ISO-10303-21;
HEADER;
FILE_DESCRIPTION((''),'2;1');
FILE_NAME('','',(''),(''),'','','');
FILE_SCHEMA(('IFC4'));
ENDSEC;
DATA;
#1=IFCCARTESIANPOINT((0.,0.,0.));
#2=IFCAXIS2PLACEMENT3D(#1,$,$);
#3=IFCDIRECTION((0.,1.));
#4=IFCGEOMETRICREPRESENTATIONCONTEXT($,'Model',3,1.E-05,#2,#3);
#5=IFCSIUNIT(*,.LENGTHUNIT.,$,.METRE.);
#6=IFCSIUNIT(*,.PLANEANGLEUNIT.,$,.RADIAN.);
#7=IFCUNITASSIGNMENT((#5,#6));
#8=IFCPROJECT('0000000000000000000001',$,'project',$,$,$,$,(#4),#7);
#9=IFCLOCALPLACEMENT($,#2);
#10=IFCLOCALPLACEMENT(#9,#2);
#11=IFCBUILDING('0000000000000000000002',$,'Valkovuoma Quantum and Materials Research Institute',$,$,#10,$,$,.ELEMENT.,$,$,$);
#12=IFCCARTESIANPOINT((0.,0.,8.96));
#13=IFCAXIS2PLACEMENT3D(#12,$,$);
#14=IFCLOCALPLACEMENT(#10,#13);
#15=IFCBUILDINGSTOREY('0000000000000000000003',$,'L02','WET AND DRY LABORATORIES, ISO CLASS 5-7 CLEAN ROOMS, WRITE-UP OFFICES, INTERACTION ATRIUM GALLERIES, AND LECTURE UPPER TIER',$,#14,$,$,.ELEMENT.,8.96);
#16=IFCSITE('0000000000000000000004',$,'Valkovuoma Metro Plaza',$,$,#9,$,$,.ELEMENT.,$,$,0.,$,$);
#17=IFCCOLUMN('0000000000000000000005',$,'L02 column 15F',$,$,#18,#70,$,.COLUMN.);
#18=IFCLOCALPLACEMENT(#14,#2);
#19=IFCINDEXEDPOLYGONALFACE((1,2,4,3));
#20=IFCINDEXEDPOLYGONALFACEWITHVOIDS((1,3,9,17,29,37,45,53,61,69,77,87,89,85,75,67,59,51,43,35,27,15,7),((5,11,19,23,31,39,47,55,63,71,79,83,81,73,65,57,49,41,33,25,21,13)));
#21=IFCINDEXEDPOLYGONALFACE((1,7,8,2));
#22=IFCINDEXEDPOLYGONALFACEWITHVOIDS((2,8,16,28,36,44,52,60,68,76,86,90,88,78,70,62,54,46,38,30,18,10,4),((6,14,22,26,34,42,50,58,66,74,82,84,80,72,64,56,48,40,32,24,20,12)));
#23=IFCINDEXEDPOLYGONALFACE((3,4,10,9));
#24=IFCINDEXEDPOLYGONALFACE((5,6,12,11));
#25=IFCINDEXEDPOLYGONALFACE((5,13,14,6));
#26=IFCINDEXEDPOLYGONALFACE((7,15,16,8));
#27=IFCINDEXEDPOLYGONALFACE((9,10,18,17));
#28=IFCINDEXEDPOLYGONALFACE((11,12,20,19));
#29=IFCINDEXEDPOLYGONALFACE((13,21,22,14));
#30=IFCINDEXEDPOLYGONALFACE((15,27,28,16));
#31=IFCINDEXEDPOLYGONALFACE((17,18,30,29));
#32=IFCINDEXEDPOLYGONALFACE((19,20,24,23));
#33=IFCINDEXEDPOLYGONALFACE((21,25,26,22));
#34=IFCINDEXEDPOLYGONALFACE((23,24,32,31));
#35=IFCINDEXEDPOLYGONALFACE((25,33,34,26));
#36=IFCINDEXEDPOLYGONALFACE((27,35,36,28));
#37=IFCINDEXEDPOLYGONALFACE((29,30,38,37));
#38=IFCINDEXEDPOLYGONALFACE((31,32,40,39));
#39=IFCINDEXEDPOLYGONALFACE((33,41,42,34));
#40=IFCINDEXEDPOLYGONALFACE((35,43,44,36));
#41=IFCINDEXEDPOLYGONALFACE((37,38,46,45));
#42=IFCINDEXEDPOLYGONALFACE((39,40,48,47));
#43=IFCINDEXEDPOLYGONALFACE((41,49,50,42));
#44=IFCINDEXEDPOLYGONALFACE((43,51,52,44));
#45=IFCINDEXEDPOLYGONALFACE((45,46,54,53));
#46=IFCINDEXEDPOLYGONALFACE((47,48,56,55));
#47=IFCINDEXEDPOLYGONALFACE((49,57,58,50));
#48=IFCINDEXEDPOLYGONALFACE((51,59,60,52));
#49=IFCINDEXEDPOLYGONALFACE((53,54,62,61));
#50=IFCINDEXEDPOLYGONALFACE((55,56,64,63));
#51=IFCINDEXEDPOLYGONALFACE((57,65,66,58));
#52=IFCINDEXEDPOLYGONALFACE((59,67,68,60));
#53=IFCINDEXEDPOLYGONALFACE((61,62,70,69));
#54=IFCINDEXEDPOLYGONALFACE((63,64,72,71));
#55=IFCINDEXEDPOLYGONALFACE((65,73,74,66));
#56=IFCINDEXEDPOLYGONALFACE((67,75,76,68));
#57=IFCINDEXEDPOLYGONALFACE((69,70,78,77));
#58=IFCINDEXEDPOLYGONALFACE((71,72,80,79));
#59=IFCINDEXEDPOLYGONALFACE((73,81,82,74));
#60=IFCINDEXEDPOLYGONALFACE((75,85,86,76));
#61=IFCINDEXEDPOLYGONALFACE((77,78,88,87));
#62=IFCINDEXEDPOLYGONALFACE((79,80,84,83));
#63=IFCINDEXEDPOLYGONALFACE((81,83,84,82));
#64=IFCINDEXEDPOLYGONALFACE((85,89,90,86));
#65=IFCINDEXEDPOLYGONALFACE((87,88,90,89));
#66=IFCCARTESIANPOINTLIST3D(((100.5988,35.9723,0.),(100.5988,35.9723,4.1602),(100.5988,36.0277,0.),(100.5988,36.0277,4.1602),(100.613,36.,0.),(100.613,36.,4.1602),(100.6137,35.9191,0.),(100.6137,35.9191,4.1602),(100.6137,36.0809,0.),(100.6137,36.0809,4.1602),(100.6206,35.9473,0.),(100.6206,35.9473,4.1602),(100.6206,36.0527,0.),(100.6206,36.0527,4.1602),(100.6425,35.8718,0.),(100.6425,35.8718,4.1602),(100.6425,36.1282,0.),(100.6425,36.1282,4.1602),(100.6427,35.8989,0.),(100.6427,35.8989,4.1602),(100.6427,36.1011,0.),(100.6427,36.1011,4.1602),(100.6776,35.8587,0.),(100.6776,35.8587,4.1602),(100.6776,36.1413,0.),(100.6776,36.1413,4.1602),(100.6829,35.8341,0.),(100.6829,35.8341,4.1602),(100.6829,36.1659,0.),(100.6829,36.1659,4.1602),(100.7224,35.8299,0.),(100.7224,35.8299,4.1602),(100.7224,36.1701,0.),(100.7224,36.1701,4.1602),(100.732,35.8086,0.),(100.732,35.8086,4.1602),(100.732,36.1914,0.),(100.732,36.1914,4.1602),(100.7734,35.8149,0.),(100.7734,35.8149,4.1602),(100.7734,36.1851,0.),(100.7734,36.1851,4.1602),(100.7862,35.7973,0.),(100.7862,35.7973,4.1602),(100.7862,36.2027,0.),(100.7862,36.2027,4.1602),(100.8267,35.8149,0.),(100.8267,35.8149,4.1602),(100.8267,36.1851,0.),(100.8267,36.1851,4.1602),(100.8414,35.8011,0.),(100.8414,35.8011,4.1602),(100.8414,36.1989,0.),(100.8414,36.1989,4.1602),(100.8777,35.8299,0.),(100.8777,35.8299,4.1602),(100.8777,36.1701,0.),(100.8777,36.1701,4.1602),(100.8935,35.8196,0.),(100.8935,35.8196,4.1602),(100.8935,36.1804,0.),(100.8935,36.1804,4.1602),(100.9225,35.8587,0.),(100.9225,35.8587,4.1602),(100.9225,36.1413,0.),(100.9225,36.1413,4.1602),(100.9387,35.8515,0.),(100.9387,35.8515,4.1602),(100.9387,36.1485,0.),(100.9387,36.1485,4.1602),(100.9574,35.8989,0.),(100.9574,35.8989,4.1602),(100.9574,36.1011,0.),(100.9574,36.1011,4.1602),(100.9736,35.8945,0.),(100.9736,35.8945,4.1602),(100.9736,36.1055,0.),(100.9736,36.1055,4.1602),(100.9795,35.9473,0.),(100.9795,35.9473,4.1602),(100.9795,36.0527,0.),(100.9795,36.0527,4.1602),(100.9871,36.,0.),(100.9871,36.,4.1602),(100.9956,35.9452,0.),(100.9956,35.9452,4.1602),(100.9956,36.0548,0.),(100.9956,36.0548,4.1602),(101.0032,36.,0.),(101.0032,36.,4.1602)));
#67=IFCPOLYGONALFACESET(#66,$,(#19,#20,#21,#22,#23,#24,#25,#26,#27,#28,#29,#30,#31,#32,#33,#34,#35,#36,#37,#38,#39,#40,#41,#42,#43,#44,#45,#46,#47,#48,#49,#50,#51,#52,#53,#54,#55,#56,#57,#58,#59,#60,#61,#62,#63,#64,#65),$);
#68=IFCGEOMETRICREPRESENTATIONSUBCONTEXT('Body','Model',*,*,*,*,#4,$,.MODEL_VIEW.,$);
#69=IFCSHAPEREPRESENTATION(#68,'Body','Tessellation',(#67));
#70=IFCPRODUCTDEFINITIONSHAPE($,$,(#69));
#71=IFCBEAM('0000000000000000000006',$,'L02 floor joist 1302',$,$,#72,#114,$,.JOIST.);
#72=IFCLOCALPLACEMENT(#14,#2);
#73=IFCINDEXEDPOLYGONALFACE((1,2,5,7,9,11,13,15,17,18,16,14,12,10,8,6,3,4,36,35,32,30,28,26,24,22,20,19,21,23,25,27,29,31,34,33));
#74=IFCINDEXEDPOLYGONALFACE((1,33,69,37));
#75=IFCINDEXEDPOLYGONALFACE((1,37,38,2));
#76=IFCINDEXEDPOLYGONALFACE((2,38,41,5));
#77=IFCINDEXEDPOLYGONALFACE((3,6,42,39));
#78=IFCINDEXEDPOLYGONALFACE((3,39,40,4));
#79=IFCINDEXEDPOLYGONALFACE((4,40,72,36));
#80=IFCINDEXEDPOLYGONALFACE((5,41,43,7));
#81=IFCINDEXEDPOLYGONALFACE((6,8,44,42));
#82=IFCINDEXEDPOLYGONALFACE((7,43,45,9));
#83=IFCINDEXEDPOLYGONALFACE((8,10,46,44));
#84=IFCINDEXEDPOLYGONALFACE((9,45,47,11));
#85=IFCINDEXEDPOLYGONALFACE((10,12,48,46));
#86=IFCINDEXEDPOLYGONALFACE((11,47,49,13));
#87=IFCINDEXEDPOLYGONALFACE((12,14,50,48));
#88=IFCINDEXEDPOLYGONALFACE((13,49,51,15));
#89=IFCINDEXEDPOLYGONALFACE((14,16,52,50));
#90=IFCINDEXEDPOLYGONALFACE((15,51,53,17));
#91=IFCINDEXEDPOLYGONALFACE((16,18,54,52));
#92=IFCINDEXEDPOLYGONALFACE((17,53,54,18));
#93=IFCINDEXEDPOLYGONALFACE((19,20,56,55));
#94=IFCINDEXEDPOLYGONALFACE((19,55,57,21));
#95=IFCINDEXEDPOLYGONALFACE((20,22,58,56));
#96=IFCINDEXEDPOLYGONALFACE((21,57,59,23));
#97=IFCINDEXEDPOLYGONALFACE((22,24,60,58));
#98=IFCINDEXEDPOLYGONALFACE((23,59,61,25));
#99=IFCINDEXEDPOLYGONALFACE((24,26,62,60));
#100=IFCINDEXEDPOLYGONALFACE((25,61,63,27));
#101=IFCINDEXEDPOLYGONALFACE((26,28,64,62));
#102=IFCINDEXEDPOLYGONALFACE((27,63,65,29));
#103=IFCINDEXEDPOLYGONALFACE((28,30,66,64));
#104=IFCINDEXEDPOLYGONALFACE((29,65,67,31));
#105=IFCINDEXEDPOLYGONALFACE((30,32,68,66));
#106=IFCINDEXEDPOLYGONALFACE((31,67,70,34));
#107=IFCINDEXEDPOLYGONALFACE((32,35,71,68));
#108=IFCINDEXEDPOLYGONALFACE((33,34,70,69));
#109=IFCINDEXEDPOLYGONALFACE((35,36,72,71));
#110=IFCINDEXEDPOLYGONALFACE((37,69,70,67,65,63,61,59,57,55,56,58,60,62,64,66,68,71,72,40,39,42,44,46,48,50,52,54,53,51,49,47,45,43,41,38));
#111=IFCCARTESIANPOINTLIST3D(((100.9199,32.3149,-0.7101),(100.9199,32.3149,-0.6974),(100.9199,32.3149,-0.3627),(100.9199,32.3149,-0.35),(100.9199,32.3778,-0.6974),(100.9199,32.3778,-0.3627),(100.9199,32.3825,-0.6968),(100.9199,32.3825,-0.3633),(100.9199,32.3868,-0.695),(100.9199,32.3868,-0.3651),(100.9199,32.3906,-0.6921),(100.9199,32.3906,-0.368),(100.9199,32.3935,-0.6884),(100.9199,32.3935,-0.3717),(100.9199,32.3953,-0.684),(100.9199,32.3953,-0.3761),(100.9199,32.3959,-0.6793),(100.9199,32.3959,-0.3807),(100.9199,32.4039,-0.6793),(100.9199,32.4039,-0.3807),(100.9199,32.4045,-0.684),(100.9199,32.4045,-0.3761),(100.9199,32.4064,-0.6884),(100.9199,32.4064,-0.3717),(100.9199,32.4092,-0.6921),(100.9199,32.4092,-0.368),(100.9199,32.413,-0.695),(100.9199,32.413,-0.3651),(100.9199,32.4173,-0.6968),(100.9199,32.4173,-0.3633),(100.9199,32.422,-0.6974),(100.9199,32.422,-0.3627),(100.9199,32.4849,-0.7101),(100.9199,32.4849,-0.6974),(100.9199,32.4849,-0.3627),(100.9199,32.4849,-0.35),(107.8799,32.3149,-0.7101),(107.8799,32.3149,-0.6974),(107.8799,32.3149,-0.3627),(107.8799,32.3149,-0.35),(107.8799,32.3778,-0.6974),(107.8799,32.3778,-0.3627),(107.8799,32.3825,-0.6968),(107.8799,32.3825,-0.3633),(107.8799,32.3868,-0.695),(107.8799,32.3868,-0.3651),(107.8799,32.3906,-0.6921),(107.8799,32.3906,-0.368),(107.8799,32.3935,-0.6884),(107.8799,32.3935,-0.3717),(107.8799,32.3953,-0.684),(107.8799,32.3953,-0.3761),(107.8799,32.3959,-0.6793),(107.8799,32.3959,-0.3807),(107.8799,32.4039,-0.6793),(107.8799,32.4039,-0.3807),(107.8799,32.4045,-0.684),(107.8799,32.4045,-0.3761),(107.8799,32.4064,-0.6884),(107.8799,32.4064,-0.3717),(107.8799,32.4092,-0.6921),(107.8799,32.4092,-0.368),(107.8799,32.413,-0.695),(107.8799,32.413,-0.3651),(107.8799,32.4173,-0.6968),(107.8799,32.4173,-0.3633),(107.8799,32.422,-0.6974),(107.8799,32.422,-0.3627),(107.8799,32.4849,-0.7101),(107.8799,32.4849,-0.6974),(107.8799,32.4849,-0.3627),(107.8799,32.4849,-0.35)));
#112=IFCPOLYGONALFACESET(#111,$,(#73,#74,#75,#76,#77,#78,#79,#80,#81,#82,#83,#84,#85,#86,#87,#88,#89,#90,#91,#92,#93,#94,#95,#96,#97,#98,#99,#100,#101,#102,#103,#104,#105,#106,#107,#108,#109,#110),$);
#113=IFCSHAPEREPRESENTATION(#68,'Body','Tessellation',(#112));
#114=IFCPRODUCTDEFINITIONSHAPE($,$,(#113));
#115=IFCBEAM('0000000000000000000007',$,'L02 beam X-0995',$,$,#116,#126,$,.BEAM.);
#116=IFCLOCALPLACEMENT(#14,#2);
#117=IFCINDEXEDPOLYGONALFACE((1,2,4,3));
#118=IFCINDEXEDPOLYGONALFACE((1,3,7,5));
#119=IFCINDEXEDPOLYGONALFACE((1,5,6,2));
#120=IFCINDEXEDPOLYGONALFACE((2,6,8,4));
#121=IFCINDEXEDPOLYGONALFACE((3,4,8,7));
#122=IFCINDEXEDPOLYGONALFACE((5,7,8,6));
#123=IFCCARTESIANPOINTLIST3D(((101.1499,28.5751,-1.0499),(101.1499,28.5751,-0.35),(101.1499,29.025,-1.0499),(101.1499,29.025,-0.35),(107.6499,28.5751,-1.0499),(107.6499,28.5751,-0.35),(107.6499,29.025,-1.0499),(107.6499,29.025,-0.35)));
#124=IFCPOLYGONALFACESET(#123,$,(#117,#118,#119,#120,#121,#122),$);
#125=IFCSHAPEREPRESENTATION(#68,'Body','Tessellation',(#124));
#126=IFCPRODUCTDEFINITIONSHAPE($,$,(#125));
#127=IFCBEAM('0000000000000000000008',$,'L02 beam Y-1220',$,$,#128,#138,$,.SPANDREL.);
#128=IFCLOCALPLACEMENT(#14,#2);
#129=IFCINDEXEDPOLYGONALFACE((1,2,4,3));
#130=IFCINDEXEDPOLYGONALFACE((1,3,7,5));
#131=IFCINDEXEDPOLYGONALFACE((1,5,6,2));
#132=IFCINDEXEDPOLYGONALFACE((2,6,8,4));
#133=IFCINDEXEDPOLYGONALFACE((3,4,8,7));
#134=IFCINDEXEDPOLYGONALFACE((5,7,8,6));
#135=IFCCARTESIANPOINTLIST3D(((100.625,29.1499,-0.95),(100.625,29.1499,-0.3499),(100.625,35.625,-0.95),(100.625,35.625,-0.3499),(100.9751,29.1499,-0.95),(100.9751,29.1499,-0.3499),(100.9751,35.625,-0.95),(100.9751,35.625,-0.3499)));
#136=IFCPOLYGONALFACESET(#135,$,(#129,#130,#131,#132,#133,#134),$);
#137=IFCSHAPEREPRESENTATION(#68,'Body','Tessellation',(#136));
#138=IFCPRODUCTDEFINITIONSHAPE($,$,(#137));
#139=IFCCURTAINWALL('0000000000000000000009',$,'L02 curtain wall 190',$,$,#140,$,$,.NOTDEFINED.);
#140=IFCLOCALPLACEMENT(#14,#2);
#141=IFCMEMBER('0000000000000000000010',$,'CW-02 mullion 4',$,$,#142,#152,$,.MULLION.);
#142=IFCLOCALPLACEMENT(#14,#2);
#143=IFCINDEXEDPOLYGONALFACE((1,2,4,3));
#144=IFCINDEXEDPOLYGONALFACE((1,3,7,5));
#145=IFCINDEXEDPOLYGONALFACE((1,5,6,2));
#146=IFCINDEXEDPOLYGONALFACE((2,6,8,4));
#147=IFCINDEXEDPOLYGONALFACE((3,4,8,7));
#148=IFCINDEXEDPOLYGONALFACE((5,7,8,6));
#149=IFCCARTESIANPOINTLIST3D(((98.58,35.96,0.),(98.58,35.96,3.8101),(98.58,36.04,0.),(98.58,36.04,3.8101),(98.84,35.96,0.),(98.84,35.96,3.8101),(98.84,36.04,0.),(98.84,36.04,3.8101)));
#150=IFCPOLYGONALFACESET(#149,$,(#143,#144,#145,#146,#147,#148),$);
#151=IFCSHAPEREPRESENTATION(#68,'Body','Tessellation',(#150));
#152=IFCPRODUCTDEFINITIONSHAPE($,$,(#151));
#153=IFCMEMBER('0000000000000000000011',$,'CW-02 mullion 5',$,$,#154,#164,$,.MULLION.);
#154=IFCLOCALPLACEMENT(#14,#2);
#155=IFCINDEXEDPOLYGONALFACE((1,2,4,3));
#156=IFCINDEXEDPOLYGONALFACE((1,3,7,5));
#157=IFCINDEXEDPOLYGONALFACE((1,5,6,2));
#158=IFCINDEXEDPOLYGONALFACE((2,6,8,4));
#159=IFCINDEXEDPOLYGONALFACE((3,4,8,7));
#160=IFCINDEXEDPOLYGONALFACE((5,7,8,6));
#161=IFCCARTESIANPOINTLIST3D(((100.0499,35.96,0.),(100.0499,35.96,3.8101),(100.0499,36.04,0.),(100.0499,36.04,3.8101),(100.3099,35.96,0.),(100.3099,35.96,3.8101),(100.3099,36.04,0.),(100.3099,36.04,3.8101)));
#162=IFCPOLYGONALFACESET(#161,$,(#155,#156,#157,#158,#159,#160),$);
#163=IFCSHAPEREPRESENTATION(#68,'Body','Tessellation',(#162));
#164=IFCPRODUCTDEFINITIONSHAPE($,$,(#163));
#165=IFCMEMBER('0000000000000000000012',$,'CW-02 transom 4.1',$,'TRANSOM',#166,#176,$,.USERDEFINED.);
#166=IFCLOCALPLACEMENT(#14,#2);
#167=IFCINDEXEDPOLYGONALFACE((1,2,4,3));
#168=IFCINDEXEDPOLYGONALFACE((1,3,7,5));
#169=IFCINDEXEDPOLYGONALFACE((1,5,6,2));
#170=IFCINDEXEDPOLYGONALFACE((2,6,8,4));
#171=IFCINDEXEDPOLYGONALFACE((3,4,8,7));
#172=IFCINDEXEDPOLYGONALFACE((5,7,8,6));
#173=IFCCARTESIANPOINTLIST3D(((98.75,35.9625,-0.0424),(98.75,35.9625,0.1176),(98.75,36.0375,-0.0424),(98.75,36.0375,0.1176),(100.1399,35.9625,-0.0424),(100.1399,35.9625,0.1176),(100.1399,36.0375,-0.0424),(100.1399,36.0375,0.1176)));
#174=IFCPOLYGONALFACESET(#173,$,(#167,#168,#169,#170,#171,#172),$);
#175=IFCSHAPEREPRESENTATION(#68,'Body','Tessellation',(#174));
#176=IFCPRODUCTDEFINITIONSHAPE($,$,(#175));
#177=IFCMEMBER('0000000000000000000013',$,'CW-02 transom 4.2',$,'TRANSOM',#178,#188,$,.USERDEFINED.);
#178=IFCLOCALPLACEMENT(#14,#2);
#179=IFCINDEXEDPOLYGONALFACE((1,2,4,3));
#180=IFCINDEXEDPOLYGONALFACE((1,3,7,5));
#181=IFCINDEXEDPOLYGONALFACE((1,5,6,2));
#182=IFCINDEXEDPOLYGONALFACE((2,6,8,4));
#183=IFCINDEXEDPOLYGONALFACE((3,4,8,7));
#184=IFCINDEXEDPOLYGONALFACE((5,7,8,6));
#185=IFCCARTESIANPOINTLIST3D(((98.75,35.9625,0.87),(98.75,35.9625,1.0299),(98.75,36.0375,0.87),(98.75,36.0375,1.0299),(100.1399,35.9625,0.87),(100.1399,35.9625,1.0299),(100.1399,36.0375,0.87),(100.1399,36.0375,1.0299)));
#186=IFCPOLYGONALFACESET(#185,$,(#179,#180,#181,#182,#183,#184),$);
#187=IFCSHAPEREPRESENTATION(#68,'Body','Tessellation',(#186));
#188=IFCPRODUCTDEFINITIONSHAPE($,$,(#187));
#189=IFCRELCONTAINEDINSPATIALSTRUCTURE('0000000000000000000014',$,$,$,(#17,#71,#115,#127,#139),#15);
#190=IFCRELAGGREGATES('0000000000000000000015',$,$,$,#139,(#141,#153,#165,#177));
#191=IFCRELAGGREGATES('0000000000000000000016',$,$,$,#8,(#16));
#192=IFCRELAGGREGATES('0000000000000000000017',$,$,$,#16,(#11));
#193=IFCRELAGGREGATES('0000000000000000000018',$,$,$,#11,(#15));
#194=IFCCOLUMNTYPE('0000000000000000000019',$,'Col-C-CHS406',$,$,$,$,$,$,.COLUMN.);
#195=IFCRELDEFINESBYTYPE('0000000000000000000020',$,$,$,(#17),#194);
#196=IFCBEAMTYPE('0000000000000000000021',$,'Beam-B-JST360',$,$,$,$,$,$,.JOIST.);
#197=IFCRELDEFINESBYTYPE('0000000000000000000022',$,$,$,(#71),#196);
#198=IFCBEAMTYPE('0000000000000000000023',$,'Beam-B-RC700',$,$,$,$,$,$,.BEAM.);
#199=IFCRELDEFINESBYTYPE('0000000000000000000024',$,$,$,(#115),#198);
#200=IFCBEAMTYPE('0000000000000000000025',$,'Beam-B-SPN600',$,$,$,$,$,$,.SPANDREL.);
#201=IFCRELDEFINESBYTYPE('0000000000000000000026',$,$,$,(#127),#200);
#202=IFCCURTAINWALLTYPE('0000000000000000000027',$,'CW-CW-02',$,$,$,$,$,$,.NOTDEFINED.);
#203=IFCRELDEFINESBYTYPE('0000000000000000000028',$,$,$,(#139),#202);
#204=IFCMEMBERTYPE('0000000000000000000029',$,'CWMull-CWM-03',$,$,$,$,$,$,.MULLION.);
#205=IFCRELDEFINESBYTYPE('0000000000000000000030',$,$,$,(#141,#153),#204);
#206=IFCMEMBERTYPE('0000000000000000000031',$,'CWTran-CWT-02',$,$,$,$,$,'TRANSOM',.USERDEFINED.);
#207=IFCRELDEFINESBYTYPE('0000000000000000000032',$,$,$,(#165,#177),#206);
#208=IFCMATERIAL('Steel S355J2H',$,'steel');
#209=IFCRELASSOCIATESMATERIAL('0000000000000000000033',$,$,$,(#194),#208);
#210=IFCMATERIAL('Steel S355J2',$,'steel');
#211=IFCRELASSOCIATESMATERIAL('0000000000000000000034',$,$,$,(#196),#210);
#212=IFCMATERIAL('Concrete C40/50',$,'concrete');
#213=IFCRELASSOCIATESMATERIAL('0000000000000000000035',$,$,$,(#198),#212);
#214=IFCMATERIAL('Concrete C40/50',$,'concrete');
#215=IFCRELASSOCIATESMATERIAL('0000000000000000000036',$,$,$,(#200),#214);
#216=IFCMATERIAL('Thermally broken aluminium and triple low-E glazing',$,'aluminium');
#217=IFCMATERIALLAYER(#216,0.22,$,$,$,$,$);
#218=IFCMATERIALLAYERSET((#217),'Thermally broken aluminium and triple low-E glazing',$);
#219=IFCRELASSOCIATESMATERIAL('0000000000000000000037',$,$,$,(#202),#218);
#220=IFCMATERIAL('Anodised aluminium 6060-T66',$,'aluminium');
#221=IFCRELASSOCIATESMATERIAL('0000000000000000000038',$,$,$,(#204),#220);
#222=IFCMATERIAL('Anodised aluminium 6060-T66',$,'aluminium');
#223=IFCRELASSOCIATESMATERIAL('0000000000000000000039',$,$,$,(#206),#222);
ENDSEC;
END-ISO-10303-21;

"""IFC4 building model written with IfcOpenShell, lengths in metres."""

from ifc_helpers import new_model, si_unit, direction, frame, origin, origin_2d, place, context, subcontext, project, spatial, rectangle, hollow_circle, i_section, extrude, material, layer, layer_set, material_profile, profile_set, type_object, element, aggregate, save


model = new_model("IFC4")

# Units and contexts
model_context = context("Model", 3, precision=1e-05, world=origin(), true_north=direction((0.0, 1.0)))
body_context = subcontext(model_context, "Body", "Model", "MODEL_VIEW")
ifc_project = project(units=[si_unit("LENGTHUNIT", "METRE"), si_unit("PLANEANGLEUNIT", "RADIAN")], contexts=[model_context])

# Site, building, storey
site_placement = place(None, origin())
site = spatial("IfcSite", under=ifc_project, at=site_placement, Name="Valkovuoma Metro Plaza", CompositionType="ELEMENT", RefElevation=0.0)
building_placement = place(site_placement, origin())
building = spatial("IfcBuilding", under=site, at=building_placement, Name="Valkovuoma Quantum and Materials Research Institute", CompositionType="ELEMENT")
storey_placement = place(building_placement, frame((0.0, 0.0, 8.96)))
storey = spatial("IfcBuildingStorey", under=building, at=storey_placement, Name="L02", Description="WET AND DRY LABORATORIES, ISO CLASS 5-7 CLEAN ROOMS, WRITE-UP OFFICES, INTERACTION ATRIUM GALLERIES, AND LECTURE UPPER TIER", CompositionType="ELEMENT", Elevation=8.96)

# Column
ifc_material_1 = material(Name="Steel S355J2H", Category="steel")
ifc_material_profile_1 = material_profile(ifc_material_1, hollow_circle(Radius=0.2031, WallThickness=0.0161, at=origin_2d()), Name="Steel S355J2H")
ifc_profile_set_1 = profile_set([ifc_material_profile_1], Name="Steel S355J2H")
column_type = type_object("IfcColumnType", Name="Col-C-CHS406", PredefinedType="COLUMN", material=ifc_profile_set_1)
column_placement = place(storey_placement, frame((100.8, 36.0, 0.0), z_axis=(0.0, 0.0, 1.0), x_axis=(1.0, 0.0, 0.0)))
element("IfcColumn", 1, at=column_placement, inside=storey, type_object=column_type, Name="L02 column 15F", PredefinedType="COLUMN", context=body_context, shape_type="SweptSolid", body=[
    extrude(hollow_circle(Radius=0.2031, WallThickness=0.0161, at=origin_2d()), origin(), (0.0, 0.0, 1.0), 4.1602),
])

# Beams
ifc_material_2 = material(Name="Steel S355J2", Category="steel")
ifc_material_profile_2 = material_profile(ifc_material_2, i_section(OverallWidth=0.1699, OverallDepth=0.3601, WebThickness=0.0081, FlangeThickness=0.0127, FilletRadius=0.0181, at=origin_2d()), Name="Steel S355J2")
ifc_profile_set_2 = profile_set([ifc_material_profile_2], Name="Steel S355J2")
beam_type_1 = type_object("IfcBeamType", Name="Beam-B-JST360", PredefinedType="JOIST", material=ifc_profile_set_2)
beam_1_placement = place(storey_placement, frame((100.9199, 32.3999, -0.53), z_axis=(1.0, 0.0, 0.0), x_axis=(0.0, 1.0, 0.0)))
element("IfcBeam", 2, at=beam_1_placement, inside=storey, type_object=beam_type_1, Name="L02 floor joist 1302", PredefinedType="JOIST", context=body_context, shape_type="SweptSolid", body=[
    extrude(i_section(OverallWidth=0.1699, OverallDepth=0.3601, WebThickness=0.0081, FlangeThickness=0.0127, FilletRadius=0.0181, at=origin_2d()), origin(), (0.0, 0.0, 1.0), 6.96),
])
ifc_material_3 = material(Name="Concrete C40/50", Category="concrete")
ifc_material_profile_3 = material_profile(ifc_material_3, rectangle(XDim=0.45, YDim=0.7, at=origin_2d()), Name="Concrete C40/50")
ifc_profile_set_3 = profile_set([ifc_material_profile_3], Name="Concrete C40/50")
beam_type_2 = type_object("IfcBeamType", Name="Beam-B-RC700", PredefinedType="BEAM", material=ifc_profile_set_3)
beam_2_placement = place(storey_placement, frame((101.1499, 28.8, -0.7), z_axis=(1.0, 0.0, 0.0), x_axis=(0.0, 1.0, 0.0)))
element("IfcBeam", 3, at=beam_2_placement, inside=storey, type_object=beam_type_2, Name="L02 beam X-0995", PredefinedType="BEAM", context=body_context, shape_type="SweptSolid", body=[
    extrude(rectangle(XDim=0.45, YDim=0.7, at=origin_2d()), origin(), (0.0, 0.0, 1.0), 6.5),
])
ifc_material_4 = material(Name="Concrete C40/50", Category="concrete")
ifc_material_profile_4 = material_profile(ifc_material_4, rectangle(XDim=0.3501, YDim=0.6001, at=origin_2d()), Name="Concrete C40/50")
ifc_profile_set_4 = profile_set([ifc_material_profile_4], Name="Concrete C40/50")
beam_type_3 = type_object("IfcBeamType", Name="Beam-B-SPN600", PredefinedType="SPANDREL", material=ifc_profile_set_4)
beam_3_placement = place(storey_placement, frame((100.8, 29.1499, -0.6499), z_axis=(0.0, 1.0, 0.0), x_axis=(-1.0, 0.0, 0.0)))
element("IfcBeam", 4, at=beam_3_placement, inside=storey, type_object=beam_type_3, Name="L02 beam Y-1220", PredefinedType="SPANDREL", context=body_context, shape_type="SweptSolid", body=[
    extrude(rectangle(XDim=0.3501, YDim=0.6001, at=origin_2d()), origin(), (0.0, 0.0, 1.0), 6.4751),
])

# Curtain wall, members
ifc_material_5 = material(Name="Thermally broken aluminium and triple low-E glazing", Category="aluminium")
ifc_layer_1 = layer(ifc_material_5, 0.22)
ifc_layer_set_1 = layer_set([ifc_layer_1], Name="Thermally broken aluminium and triple low-E glazing")
curtain_wall_type = type_object("IfcCurtainWallType", Name="CW-CW-02", PredefinedType="NOTDEFINED", material=ifc_layer_set_1)
curtain_wall_placement = place(storey_placement, origin())
curtain_wall = element("IfcCurtainWall", 5, at=curtain_wall_placement, inside=storey, type_object=curtain_wall_type, Name="L02 curtain wall 190", PredefinedType="NOTDEFINED")
ifc_material_6 = material(Name="Anodised aluminium 6060-T66", Category="aluminium")
ifc_material_profile_5 = material_profile(ifc_material_6, rectangle(XDim=0.0801, YDim=0.26, at=origin_2d()), Name="Anodised aluminium 6060-T66")
ifc_profile_set_5 = profile_set([ifc_material_profile_5], Name="Anodised aluminium 6060-T66")
member_type_1 = type_object("IfcMemberType", Name="CWMull-CWM-03", PredefinedType="MULLION", material=ifc_profile_set_5)
member_1_placement = place(storey_placement, frame((98.71, 36.0, 0.0), z_axis=(0.0, 0.0, 1.0), x_axis=(0.0, 1.0, 0.0)))
member_1 = element("IfcMember", 6, at=member_1_placement, type_object=member_type_1, Name="CW-02 mullion 4", PredefinedType="MULLION", context=body_context, shape_type="SweptSolid", body=[
    extrude(rectangle(XDim=0.0801, YDim=0.26, at=origin_2d()), origin(), (0.0, 0.0, 1.0), 3.8101),
])
member_2_placement = place(storey_placement, frame((100.1799, 36.0, 0.0), z_axis=(0.0, 0.0, 1.0), x_axis=(0.0, 1.0, 0.0)))
member_2 = element("IfcMember", 7, at=member_2_placement, type_object=member_type_1, Name="CW-02 mullion 5", PredefinedType="MULLION", context=body_context, shape_type="SweptSolid", body=[
    extrude(rectangle(XDim=0.0801, YDim=0.26, at=origin_2d()), origin(), (0.0, 0.0, 1.0), 3.8101),
])
ifc_material_7 = material(Name="Anodised aluminium 6060-T66", Category="aluminium")
ifc_material_profile_6 = material_profile(ifc_material_7, rectangle(XDim=0.075, YDim=0.1599, at=origin_2d()), Name="Anodised aluminium 6060-T66")
ifc_profile_set_6 = profile_set([ifc_material_profile_6], Name="Anodised aluminium 6060-T66")
member_type_2 = type_object("IfcMemberType", Name="CWTran-CWT-02", ElementType="TRANSOM", PredefinedType="USERDEFINED", material=ifc_profile_set_6)
member_3_placement = place(storey_placement, frame((98.75, 36.0, 0.0376), z_axis=(1.0, 0.0, 0.0), x_axis=(0.0, 1.0, 0.0)))
member_3 = element("IfcMember", 8, at=member_3_placement, type_object=member_type_2, Name="CW-02 transom 4.1", ObjectType="TRANSOM", PredefinedType="USERDEFINED", context=body_context, shape_type="SweptSolid", body=[
    extrude(rectangle(XDim=0.075, YDim=0.1599, at=origin_2d()), origin(), (0.0, 0.0, 1.0), 1.3899),
])
member_4_placement = place(storey_placement, frame((98.75, 36.0, 0.95), z_axis=(1.0, 0.0, 0.0), x_axis=(0.0, 1.0, 0.0)))
member_4 = element("IfcMember", 9, at=member_4_placement, type_object=member_type_2, Name="CW-02 transom 4.2", ObjectType="TRANSOM", PredefinedType="USERDEFINED", context=body_context, shape_type="SweptSolid", body=[
    extrude(rectangle(XDim=0.075, YDim=0.1599, at=origin_2d()), origin(), (0.0, 0.0, 1.0), 1.3899),
])

aggregate(curtain_wall, [member_1, member_2, member_3, member_4])

save(model, "model.ifc")
